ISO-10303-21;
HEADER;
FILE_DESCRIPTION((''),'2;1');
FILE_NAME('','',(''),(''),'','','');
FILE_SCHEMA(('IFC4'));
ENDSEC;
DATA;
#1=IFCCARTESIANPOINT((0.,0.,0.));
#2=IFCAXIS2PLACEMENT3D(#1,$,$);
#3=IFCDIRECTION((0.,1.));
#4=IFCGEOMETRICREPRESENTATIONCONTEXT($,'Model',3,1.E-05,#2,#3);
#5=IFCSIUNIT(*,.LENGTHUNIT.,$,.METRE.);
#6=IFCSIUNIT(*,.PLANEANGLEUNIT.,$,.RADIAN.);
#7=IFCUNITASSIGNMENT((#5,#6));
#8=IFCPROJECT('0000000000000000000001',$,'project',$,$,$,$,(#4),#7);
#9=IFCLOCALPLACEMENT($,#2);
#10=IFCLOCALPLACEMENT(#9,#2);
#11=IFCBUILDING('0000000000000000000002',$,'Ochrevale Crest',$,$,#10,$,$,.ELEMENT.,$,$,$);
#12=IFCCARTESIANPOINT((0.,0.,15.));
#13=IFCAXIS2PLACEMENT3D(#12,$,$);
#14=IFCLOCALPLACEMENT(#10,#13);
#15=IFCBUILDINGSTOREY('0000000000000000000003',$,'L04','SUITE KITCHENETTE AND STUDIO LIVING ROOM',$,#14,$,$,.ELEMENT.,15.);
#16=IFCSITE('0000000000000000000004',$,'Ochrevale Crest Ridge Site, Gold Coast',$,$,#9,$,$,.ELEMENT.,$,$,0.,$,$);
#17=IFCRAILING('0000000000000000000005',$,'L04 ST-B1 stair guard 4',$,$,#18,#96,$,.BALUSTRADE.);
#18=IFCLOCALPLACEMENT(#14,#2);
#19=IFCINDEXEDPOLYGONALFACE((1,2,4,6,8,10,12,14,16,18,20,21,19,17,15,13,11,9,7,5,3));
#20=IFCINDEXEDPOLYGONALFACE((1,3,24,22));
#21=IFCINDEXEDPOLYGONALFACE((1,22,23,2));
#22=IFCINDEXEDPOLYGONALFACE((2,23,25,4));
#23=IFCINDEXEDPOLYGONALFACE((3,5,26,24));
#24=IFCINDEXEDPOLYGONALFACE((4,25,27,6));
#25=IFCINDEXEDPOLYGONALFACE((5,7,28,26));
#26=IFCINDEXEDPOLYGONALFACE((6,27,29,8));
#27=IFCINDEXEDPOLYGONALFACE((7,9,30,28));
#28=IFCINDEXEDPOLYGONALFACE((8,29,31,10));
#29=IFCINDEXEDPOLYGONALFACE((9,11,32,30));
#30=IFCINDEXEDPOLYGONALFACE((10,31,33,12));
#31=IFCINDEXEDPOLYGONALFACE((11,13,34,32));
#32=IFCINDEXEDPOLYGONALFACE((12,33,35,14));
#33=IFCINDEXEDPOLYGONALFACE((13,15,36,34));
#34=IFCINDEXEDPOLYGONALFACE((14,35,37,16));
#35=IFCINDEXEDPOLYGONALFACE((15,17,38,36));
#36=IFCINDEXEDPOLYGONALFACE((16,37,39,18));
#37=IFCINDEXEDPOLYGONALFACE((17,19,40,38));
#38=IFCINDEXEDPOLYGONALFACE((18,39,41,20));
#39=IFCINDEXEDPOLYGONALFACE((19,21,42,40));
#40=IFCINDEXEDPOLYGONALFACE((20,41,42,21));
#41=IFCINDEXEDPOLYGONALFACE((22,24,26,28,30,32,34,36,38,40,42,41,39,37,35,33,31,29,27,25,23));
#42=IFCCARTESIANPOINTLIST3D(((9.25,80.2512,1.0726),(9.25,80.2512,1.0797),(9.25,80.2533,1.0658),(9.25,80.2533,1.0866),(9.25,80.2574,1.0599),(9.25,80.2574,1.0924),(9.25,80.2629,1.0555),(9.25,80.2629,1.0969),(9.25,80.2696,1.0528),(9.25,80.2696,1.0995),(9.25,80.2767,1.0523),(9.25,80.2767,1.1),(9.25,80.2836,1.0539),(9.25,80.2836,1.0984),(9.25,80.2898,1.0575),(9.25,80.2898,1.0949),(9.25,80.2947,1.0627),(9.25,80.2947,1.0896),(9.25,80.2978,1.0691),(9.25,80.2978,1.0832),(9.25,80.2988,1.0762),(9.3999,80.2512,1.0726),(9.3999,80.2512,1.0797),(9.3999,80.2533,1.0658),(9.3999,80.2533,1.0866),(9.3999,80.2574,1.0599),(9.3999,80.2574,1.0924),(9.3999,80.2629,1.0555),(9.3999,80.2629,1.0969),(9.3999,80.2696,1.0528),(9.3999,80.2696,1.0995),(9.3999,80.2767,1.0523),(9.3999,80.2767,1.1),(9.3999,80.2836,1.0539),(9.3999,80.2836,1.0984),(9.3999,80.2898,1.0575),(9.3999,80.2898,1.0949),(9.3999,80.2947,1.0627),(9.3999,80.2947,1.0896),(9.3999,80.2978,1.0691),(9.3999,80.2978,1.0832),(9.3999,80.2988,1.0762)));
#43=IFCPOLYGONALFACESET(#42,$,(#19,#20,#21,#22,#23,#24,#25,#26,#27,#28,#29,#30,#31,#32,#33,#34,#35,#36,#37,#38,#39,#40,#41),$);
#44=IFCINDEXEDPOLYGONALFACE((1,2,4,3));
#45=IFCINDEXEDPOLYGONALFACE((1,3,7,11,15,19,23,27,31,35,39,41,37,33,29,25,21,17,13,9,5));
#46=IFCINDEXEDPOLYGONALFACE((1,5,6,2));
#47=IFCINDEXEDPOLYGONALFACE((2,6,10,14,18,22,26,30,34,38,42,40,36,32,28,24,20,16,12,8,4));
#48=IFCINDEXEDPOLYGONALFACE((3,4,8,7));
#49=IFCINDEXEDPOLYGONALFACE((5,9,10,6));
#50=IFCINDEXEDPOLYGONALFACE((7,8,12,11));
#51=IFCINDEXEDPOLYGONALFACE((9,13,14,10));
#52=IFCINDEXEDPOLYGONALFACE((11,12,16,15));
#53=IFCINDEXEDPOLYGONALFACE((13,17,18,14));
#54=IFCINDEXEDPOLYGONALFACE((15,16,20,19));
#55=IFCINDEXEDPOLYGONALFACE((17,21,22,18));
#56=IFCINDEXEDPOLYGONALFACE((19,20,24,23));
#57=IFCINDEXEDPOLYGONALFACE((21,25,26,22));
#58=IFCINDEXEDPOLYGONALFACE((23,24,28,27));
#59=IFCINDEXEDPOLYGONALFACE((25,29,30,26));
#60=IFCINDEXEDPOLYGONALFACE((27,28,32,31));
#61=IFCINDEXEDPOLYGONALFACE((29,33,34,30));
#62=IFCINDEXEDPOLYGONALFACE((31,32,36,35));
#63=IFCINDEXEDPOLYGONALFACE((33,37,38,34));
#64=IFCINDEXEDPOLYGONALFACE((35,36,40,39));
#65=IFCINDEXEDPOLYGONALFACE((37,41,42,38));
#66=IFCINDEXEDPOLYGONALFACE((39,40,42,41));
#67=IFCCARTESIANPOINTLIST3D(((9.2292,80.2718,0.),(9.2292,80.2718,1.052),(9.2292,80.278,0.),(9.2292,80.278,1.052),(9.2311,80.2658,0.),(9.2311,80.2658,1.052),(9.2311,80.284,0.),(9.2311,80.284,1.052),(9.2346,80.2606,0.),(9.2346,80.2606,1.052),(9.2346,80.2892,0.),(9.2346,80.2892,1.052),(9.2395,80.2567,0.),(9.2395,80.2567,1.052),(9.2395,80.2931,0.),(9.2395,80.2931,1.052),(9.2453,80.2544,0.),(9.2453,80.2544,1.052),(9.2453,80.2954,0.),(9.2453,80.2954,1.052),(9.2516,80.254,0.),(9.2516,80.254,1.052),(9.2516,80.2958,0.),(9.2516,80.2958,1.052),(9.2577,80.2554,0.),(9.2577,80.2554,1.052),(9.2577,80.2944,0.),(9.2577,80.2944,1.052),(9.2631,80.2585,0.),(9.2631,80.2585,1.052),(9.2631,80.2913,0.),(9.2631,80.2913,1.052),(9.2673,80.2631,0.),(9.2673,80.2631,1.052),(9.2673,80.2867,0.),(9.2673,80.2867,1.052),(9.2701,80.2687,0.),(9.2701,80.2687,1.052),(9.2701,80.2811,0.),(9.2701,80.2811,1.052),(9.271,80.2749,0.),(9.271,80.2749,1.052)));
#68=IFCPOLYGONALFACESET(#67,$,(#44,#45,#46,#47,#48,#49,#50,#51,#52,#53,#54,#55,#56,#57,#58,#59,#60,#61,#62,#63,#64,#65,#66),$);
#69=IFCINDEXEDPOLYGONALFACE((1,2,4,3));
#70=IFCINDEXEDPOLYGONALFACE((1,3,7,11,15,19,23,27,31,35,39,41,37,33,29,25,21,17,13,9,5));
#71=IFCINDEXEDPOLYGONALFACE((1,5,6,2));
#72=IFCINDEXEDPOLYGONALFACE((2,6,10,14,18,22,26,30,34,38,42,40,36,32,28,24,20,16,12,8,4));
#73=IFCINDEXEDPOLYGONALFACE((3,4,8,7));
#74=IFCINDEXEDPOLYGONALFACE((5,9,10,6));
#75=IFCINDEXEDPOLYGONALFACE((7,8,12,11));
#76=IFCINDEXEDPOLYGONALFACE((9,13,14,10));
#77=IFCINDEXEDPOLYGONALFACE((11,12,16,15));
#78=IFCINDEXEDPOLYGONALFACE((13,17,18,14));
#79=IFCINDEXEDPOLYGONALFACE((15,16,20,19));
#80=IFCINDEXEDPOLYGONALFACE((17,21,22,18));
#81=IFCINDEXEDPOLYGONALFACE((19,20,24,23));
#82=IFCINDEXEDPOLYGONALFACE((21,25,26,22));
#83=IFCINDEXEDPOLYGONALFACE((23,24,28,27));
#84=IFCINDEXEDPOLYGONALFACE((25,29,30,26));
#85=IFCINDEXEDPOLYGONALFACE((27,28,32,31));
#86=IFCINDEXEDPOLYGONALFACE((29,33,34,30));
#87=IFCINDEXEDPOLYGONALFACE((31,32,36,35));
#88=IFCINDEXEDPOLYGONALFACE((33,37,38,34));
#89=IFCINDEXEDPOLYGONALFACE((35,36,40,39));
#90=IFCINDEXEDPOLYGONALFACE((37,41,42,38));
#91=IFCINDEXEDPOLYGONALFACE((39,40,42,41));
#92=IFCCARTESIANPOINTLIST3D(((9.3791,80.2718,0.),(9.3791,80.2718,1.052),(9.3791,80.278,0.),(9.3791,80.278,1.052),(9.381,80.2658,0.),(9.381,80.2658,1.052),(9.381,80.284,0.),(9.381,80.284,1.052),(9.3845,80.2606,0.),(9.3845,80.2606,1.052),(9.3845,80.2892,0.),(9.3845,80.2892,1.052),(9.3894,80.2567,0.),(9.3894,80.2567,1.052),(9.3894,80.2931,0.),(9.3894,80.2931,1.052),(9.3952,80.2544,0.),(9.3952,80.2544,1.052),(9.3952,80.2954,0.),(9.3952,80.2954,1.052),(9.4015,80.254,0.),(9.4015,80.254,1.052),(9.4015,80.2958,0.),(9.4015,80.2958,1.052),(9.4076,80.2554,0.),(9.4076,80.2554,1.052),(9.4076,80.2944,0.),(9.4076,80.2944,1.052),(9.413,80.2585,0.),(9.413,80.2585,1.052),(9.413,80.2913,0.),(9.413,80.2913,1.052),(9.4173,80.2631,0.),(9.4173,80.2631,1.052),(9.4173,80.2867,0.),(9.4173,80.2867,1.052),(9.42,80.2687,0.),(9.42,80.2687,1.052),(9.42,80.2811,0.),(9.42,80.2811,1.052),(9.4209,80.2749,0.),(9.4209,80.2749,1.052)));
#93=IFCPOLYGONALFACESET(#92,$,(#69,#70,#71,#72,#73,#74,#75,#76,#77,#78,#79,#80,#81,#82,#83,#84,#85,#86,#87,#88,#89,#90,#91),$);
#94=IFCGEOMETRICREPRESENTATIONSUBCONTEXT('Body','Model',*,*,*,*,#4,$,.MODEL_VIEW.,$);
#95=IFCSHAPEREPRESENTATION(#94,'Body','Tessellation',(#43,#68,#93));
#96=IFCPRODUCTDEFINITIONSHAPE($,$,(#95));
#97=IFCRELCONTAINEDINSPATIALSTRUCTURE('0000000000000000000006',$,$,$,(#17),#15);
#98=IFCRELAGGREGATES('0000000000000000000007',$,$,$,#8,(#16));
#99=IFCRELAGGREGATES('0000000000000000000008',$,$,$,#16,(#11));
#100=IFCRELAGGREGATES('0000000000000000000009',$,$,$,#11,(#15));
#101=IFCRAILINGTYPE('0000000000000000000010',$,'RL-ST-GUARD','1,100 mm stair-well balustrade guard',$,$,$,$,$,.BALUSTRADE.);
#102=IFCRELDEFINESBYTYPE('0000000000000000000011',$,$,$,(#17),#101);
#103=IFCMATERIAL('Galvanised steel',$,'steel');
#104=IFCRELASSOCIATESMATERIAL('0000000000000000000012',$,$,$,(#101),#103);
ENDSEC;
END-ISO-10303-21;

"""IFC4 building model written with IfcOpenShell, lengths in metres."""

from ifc_helpers import new_model, si_unit, direction, frame, origin, origin_2d, place, context, subcontext, project, spatial, circle, extrude, material, type_object, element, save


model = new_model("IFC4")

# Units and contexts
model_context = context("Model", 3, precision=1e-05, world=origin(), true_north=direction((0.0, 1.0)))
body_context = subcontext(model_context, "Body", "Model", "MODEL_VIEW")
ifc_project = project(units=[si_unit("LENGTHUNIT", "METRE"), si_unit("PLANEANGLEUNIT", "RADIAN")], contexts=[model_context])

# Site, building, storey
site_placement = place(None, origin())
site = spatial("IfcSite", under=ifc_project, at=site_placement, Name="Ochrevale Crest Ridge Site, Gold Coast", CompositionType="ELEMENT", RefElevation=0.0)
building_placement = place(site_placement, origin())
building = spatial("IfcBuilding", under=site, at=building_placement, Name="Ochrevale Crest", CompositionType="ELEMENT")
storey_placement = place(building_placement, frame((0.0, 0.0, 15.0)))
storey = spatial("IfcBuildingStorey", under=building, at=storey_placement, Name="L04", Description="SUITE KITCHENETTE AND STUDIO LIVING ROOM", CompositionType="ELEMENT", Elevation=15.0)

# Railing
ifc_material_1 = material(Name="Galvanised steel", Category="steel")
railing_type_1 = type_object("IfcRailingType", Name="RL-ST-GUARD", Description="1,100 mm stair-well balustrade guard", PredefinedType="BALUSTRADE", material=ifc_material_1)
railing_1_placement = place(storey_placement, frame((9.25, 80.2749, 0.0)))
element("IfcRailing", 1, at=railing_1_placement, inside=storey, type_object=railing_type_1, Name="L04 ST-B1 stair guard 4", PredefinedType="BALUSTRADE", context=body_context, shape_type="SweptSolid", body=[
    extrude(circle(Radius=0.0239, at=origin_2d()), frame((0.0, 0.0, 1.0762), z_axis=(1.0, 0.0, 0.0), x_axis=(0.0, 1.0, 0.0)), (0.0, 0.0, 1.0), 0.1499),
    extrude(circle(Radius=0.021, at=origin_2d()), origin(), (0.0, 0.0, 1.0), 1.052),
    extrude(circle(Radius=0.021, at=origin_2d()), frame((0.1499, 0.0, 0.0)), (0.0, 0.0, 1.0), 1.052),
])

save(model, "model.ifc")
